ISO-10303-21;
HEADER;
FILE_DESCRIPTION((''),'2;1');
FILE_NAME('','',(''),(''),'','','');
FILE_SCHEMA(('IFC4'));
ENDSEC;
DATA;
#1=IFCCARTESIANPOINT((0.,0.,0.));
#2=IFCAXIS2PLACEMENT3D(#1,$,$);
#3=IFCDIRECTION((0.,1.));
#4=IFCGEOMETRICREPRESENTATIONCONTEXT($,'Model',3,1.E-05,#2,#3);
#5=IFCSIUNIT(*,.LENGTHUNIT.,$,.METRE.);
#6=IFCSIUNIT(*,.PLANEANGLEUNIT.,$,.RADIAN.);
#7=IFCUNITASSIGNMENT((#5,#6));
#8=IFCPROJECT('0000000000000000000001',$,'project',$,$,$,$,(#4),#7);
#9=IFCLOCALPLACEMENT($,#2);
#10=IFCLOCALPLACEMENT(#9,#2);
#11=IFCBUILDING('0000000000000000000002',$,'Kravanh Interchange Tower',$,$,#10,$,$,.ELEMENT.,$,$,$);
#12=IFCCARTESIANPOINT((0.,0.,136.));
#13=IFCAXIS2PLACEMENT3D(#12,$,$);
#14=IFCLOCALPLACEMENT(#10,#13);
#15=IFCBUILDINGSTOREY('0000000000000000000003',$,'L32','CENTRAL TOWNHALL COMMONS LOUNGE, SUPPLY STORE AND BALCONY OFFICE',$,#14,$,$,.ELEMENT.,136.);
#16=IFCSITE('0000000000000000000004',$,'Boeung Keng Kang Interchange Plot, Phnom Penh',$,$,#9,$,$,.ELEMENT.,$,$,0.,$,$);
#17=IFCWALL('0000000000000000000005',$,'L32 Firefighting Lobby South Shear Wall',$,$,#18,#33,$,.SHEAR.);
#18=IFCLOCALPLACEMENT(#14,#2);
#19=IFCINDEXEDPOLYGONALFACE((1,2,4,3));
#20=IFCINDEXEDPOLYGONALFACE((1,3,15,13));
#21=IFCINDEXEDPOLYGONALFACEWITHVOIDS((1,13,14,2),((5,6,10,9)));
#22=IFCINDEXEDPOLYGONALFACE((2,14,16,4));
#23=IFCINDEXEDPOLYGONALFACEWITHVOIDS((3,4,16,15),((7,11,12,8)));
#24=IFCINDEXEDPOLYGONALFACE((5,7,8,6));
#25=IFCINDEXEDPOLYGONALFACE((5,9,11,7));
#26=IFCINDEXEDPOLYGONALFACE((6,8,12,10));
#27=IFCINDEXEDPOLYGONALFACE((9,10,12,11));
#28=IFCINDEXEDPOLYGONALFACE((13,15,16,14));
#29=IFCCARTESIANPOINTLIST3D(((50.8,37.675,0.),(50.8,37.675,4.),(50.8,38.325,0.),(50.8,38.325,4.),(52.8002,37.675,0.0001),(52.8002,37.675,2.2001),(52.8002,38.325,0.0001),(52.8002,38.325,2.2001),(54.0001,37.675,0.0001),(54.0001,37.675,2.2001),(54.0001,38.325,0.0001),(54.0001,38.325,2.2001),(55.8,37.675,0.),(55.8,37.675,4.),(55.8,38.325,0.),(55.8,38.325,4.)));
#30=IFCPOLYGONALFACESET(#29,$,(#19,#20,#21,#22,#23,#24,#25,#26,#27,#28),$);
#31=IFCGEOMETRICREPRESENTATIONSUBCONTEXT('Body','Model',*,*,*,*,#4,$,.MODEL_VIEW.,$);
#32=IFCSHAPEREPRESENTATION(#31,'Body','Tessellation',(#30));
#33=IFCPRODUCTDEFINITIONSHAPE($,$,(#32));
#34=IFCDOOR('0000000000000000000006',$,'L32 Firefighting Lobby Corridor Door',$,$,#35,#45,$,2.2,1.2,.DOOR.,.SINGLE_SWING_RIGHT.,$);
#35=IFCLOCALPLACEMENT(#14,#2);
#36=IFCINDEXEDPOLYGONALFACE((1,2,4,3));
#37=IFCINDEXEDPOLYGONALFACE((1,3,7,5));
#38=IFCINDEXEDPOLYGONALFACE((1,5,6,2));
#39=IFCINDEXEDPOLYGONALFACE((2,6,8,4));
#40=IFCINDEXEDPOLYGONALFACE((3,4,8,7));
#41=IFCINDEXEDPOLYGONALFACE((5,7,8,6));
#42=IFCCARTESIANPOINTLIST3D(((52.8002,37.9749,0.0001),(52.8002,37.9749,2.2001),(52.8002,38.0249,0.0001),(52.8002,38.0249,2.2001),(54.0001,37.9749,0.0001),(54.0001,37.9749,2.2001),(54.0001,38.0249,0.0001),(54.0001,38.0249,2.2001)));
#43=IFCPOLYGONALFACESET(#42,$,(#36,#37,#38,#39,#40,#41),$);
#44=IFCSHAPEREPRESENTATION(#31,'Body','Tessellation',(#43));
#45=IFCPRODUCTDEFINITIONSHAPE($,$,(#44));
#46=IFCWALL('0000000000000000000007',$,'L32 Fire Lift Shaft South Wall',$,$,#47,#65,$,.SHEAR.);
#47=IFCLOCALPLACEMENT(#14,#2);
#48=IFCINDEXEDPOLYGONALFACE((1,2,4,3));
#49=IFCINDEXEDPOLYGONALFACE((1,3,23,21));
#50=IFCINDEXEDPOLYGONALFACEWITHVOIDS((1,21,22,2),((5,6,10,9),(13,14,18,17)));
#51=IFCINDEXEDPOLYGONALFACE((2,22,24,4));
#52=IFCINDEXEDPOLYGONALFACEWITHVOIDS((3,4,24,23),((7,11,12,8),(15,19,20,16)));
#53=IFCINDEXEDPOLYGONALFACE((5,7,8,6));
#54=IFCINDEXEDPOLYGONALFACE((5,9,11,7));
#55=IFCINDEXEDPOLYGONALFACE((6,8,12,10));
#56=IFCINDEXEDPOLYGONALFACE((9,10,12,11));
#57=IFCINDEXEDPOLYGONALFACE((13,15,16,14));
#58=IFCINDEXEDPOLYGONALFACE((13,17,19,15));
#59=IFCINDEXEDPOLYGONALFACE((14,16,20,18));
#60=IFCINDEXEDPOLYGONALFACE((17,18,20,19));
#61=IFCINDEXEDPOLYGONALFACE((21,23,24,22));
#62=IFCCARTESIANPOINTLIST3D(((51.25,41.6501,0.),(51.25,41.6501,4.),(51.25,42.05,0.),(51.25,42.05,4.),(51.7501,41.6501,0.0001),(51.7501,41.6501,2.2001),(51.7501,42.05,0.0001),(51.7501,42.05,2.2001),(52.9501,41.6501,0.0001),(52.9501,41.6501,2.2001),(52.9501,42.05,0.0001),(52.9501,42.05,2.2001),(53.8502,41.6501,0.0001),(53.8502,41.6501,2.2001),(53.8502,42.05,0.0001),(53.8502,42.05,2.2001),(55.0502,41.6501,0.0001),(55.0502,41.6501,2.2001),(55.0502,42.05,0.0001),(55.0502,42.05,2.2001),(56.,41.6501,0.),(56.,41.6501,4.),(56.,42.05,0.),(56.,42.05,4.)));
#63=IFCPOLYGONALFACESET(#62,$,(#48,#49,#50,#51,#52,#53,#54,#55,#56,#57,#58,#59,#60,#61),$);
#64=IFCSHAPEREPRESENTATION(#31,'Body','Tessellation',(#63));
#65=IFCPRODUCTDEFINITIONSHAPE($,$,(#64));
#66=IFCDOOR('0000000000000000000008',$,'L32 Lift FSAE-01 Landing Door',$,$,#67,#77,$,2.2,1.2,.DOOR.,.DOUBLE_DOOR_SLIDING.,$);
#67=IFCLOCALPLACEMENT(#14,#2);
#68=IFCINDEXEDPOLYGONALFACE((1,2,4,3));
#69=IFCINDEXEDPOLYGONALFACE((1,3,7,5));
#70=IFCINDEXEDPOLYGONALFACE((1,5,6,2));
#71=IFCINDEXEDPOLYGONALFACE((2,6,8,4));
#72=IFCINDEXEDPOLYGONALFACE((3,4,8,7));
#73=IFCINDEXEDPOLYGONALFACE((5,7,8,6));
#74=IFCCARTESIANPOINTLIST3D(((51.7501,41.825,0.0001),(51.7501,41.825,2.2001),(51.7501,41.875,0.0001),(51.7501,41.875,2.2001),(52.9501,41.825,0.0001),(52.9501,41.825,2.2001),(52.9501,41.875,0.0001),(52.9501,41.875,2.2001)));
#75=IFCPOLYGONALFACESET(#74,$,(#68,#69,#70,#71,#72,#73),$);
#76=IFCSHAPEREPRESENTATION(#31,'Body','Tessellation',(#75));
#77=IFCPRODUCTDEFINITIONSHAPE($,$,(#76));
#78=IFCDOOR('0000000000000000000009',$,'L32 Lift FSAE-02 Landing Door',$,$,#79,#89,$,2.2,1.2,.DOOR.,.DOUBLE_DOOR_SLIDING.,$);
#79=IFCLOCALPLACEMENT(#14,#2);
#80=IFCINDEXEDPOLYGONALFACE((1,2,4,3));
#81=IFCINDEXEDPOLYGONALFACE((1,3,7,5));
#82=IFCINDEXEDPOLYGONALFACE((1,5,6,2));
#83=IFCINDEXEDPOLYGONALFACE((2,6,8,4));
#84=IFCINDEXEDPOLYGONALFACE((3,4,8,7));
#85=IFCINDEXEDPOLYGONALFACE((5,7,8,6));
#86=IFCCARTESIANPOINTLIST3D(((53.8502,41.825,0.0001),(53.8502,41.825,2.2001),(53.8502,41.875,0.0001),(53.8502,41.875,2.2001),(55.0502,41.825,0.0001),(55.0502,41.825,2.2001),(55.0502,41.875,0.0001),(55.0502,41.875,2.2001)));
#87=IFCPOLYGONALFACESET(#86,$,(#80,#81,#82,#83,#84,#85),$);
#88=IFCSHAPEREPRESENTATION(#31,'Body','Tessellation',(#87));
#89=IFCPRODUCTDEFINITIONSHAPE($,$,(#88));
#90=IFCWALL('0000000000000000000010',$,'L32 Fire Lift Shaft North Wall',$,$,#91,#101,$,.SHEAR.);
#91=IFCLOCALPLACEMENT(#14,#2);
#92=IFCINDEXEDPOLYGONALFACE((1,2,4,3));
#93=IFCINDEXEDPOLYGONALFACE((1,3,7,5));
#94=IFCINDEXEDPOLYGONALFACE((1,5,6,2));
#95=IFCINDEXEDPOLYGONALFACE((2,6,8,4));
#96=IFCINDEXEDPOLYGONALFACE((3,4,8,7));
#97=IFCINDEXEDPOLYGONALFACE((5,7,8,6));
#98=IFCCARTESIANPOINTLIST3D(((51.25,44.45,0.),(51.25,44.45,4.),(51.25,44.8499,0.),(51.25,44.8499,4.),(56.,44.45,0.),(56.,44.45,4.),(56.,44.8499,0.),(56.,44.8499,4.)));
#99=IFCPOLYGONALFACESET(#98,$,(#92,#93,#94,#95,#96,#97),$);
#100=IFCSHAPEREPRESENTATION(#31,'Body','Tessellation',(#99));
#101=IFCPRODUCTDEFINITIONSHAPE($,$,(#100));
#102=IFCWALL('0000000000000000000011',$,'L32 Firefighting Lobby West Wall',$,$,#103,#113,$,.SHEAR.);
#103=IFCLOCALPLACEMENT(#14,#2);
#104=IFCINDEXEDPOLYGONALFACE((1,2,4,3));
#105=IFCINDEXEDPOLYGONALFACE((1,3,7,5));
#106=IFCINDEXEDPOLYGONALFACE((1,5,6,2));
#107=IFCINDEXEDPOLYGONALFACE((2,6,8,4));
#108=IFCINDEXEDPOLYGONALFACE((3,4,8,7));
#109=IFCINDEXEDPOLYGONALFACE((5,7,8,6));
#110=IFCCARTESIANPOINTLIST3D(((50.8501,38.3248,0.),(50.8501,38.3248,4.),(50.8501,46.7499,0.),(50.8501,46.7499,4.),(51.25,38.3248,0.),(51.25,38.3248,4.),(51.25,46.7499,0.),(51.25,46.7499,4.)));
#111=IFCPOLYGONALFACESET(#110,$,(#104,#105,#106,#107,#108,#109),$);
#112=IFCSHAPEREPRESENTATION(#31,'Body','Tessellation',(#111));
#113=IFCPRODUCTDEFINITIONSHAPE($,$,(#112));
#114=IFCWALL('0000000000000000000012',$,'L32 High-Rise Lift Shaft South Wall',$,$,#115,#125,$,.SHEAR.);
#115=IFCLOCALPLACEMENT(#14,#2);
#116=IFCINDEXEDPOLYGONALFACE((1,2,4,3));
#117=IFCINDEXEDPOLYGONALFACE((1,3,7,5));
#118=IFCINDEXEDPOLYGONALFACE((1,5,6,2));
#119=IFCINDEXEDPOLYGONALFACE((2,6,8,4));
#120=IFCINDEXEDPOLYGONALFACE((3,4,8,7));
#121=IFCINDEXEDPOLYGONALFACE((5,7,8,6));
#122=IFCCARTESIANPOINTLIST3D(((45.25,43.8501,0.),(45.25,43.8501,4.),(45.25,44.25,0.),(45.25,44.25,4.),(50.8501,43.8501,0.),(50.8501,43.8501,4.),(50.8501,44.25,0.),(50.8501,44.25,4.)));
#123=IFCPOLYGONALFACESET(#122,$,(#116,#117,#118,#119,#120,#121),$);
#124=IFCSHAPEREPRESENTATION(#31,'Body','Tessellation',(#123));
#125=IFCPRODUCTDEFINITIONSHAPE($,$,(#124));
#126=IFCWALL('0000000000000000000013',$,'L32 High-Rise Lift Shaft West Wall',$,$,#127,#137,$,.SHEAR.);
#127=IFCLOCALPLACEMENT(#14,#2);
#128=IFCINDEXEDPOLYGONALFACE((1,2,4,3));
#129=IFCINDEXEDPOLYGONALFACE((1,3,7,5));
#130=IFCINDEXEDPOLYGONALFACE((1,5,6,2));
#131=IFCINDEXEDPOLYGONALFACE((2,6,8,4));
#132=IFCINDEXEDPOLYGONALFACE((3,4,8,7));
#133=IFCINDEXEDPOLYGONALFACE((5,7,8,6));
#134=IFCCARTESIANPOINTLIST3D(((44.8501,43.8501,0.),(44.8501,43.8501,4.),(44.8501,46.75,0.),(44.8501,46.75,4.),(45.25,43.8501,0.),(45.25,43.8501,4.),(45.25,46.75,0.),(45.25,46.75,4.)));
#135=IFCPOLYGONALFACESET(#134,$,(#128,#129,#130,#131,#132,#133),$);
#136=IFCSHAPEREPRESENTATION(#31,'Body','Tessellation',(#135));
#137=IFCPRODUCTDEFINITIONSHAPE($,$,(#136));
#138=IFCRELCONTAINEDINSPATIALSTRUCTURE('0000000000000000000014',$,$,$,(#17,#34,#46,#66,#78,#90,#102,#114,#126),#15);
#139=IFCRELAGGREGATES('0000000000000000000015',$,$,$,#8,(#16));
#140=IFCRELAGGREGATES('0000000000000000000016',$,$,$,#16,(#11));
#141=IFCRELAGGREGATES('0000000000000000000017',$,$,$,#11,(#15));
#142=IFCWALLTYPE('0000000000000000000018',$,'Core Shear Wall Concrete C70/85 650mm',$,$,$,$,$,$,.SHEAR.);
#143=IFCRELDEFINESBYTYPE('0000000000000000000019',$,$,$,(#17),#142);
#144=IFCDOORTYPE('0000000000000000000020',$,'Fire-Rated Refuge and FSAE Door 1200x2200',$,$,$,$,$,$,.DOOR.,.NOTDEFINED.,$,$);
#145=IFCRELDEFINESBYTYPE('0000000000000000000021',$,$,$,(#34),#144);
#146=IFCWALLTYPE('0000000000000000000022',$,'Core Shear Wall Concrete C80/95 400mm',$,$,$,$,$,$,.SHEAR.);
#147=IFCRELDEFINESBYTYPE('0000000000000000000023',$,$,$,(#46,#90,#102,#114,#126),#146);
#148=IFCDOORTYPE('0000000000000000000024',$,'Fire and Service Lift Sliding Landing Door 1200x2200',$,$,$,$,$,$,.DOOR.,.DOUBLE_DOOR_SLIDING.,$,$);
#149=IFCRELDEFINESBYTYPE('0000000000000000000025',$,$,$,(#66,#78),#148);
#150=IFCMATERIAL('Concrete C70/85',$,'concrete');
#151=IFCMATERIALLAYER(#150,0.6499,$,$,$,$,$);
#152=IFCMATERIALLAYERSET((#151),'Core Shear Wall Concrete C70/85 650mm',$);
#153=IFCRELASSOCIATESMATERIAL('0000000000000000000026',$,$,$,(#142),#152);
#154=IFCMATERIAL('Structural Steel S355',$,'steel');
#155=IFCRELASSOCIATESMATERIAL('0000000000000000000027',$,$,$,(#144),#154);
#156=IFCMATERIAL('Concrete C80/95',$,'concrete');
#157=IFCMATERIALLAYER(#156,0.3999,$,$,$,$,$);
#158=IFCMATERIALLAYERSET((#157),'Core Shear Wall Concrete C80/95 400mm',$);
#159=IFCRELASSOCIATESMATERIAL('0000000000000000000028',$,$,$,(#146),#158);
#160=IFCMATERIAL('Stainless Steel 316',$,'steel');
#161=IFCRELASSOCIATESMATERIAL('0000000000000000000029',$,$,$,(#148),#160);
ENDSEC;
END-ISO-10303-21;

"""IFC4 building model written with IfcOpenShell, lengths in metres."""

from ifc_helpers import new_model, si_unit, direction, frame, frame_2d, origin, place, context, subcontext, project, spatial, rectangle, extrude, material, layer, layer_set, type_object, element, fill, save


model = new_model("IFC4")

# Units and contexts
model_context = context("Model", 3, precision=1e-05, world=origin(), true_north=direction((0.0, 1.0)))
body_context = subcontext(model_context, "Body", "Model", "MODEL_VIEW")
ifc_project = project(units=[si_unit("LENGTHUNIT", "METRE"), si_unit("PLANEANGLEUNIT", "RADIAN")], contexts=[model_context])

# Site, building, storey
site_placement = place(None, origin())
site = spatial("IfcSite", under=ifc_project, at=site_placement, Name="Boeung Keng Kang Interchange Plot, Phnom Penh", CompositionType="ELEMENT", RefElevation=0.0)
building_placement = place(site_placement, origin())
building = spatial("IfcBuilding", under=site, at=building_placement, Name="Kravanh Interchange Tower", CompositionType="ELEMENT")
storey_placement = place(building_placement, frame((0.0, 0.0, 136.0)))
storey = spatial("IfcBuildingStorey", under=building, at=storey_placement, Name="L32", Description="CENTRAL TOWNHALL COMMONS LOUNGE, SUPPLY STORE AND BALCONY OFFICE", CompositionType="ELEMENT", Elevation=136.0)

# Shared definitions
ifc_material_1 = material(Name="Concrete C70/85", Category="concrete")
ifc_layer_1 = layer(ifc_material_1, 0.6499)
ifc_layer_set_1 = layer_set([ifc_layer_1], Name="Core Shear Wall Concrete C70/85 650mm")
wall_type_1 = type_object("IfcWallType", Name="Core Shear Wall Concrete C70/85 650mm", PredefinedType="SHEAR", material=ifc_layer_set_1)

# Wall, opening, door
wall_1_placement = place(storey_placement, frame((50.8, 38.0, 0.0), z_axis=(0.0, 0.0, 1.0), x_axis=(1.0, 0.0, 0.0)))
wall_1 = element("IfcWall", 1, at=wall_1_placement, inside=storey, type_object=wall_type_1, Name="L32 Firefighting Lobby South Shear Wall", PredefinedType="SHEAR", context=body_context, shape_type="SweptSolid", body=[
    extrude(rectangle(XDim=5.0, YDim=0.6499, at=frame_2d((2.5, 0.0))), origin(), (0.0, 0.0, 1.0), 4.0),
])
opening_1_placement = place(wall_1_placement, frame((2.0, 0.0, 0.0)))
opening_1 = element("IfcOpeningElement", 2, at=opening_1_placement, cuts=wall_1, PredefinedType="OPENING", context=body_context, shape_type="SweptSolid", body=[
    extrude(rectangle(XDim=1.2, YDim=2.2, at=frame_2d((0.6001, 1.1001))), frame((0.0, 0.335, 0.0), z_axis=(0.0, -1.0, 0.0), x_axis=(1.0, 0.0, 0.0)), (0.0, 0.0, 1.0), 0.6699),
])
ifc_material_2 = material(Name="Structural Steel S355", Category="steel")
door_type_1 = type_object("IfcDoorType", Name="Fire-Rated Refuge and FSAE Door 1200x2200", OperationType="NOTDEFINED", PredefinedType="DOOR", material=ifc_material_2)
door_1_placement = place(opening_1_placement, origin())
door_1 = element("IfcDoor", 3, at=door_1_placement, inside=storey, type_object=door_type_1, Name="L32 Firefighting Lobby Corridor Door", OperationType="SINGLE_SWING_RIGHT", OverallHeight=2.2, OverallWidth=1.2, PredefinedType="DOOR", context=body_context, shape_type="SweptSolid", body=[
    extrude(rectangle(XDim=1.2, YDim=2.2, at=frame_2d((0.6001, 1.1001))), frame((0.0, 0.0249, 0.0), z_axis=(0.0, -1.0, 0.0), x_axis=(1.0, 0.0, 0.0)), (0.0, 0.0, 1.0), 0.05),
])
fill(opening_1, door_1)

# Wall, openings, doors
ifc_material_3 = material(Name="Concrete C80/95", Category="concrete")
ifc_layer_2 = layer(ifc_material_3, 0.3999)
ifc_layer_set_2 = layer_set([ifc_layer_2], Name="Core Shear Wall Concrete C80/95 400mm")
wall_type_2 = type_object("IfcWallType", Name="Core Shear Wall Concrete C80/95 400mm", PredefinedType="SHEAR", material=ifc_layer_set_2)
wall_2_placement = place(storey_placement, frame((51.25, 41.8501, 0.0), z_axis=(0.0, 0.0, 1.0), x_axis=(1.0, 0.0, 0.0)))
wall_2 = element("IfcWall", 4, at=wall_2_placement, inside=storey, type_object=wall_type_2, Name="L32 Fire Lift Shaft South Wall", PredefinedType="SHEAR", context=body_context, shape_type="SweptSolid", body=[
    extrude(rectangle(XDim=4.75, YDim=0.3999, at=frame_2d((2.375, 0.0))), origin(), (0.0, 0.0, 1.0), 4.0),
])
opening_2_placement = place(wall_2_placement, frame((0.5, 0.0, 0.0)))
opening_2 = element("IfcOpeningElement", 5, at=opening_2_placement, cuts=wall_2, PredefinedType="OPENING", context=body_context, shape_type="SweptSolid", body=[
    extrude(rectangle(XDim=1.2, YDim=2.2, at=frame_2d((0.6001, 1.1001))), frame((0.0, 0.21, 0.0), z_axis=(0.0, -1.0, 0.0), x_axis=(1.0, 0.0, 0.0)), (0.0, 0.0, 1.0), 0.4199),
])
opening_3_placement = place(wall_2_placement, frame((2.6001, 0.0, 0.0)))
opening_3 = element("IfcOpeningElement", 6, at=opening_3_placement, cuts=wall_2, PredefinedType="OPENING", context=body_context, shape_type="SweptSolid", body=[
    extrude(rectangle(XDim=1.2, YDim=2.2, at=frame_2d((0.6001, 1.1001))), frame((0.0, 0.21, 0.0), z_axis=(0.0, -1.0, 0.0), x_axis=(1.0, 0.0, 0.0)), (0.0, 0.0, 1.0), 0.4199),
])
ifc_material_4 = material(Name="Stainless Steel 316", Category="steel")
door_type_2 = type_object("IfcDoorType", Name="Fire and Service Lift Sliding Landing Door 1200x2200", OperationType="DOUBLE_DOOR_SLIDING", PredefinedType="DOOR", material=ifc_material_4)
door_2_placement = place(opening_2_placement, origin())
door_2 = element("IfcDoor", 7, at=door_2_placement, inside=storey, type_object=door_type_2, Name="L32 Lift FSAE-01 Landing Door", OperationType="DOUBLE_DOOR_SLIDING", OverallHeight=2.2, OverallWidth=1.2, PredefinedType="DOOR", context=body_context, shape_type="SweptSolid", body=[
    extrude(rectangle(XDim=1.2, YDim=2.2, at=frame_2d((0.6001, 1.1001))), frame((0.0, 0.0249, 0.0), z_axis=(0.0, -1.0, 0.0), x_axis=(1.0, 0.0, 0.0)), (0.0, 0.0, 1.0), 0.05),
])
fill(opening_2, door_2)
door_3_placement = place(opening_3_placement, origin())
door_3 = element("IfcDoor", 8, at=door_3_placement, inside=storey, type_object=door_type_2, Name="L32 Lift FSAE-02 Landing Door", OperationType="DOUBLE_DOOR_SLIDING", OverallHeight=2.2, OverallWidth=1.2, PredefinedType="DOOR", context=body_context, shape_type="SweptSolid", body=[
    extrude(rectangle(XDim=1.2, YDim=2.2, at=frame_2d((0.6001, 1.1001))), frame((0.0, 0.0249, 0.0), z_axis=(0.0, -1.0, 0.0), x_axis=(1.0, 0.0, 0.0)), (0.0, 0.0, 1.0), 0.05),
])
fill(opening_3, door_3)

# Walls
wall_3_placement = place(storey_placement, frame((51.25, 44.6499, 0.0), z_axis=(0.0, 0.0, 1.0), x_axis=(1.0, 0.0, 0.0)))
element("IfcWall", 9, at=wall_3_placement, inside=storey, type_object=wall_type_2, Name="L32 Fire Lift Shaft North Wall", PredefinedType="SHEAR", context=body_context, shape_type="SweptSolid", body=[
    extrude(rectangle(XDim=4.75, YDim=0.3999, at=frame_2d((2.375, 0.0))), origin(), (0.0, 0.0, 1.0), 4.0),
])
wall_4_placement = place(storey_placement, frame((51.05, 38.325, 0.0), z_axis=(0.0, 0.0, 1.0), x_axis=(0.0, 1.0, 0.0)))
element("IfcWall", 10, at=wall_4_placement, inside=storey, type_object=wall_type_2, Name="L32 Firefighting Lobby West Wall", PredefinedType="SHEAR", context=body_context, shape_type="SweptSolid", body=[
    extrude(rectangle(XDim=8.425, YDim=0.3999, at=frame_2d((4.2124, 0.0))), origin(), (0.0, 0.0, 1.0), 4.0),
])
wall_5_placement = place(storey_placement, frame((45.25, 44.05, 0.0), z_axis=(0.0, 0.0, 1.0), x_axis=(1.0, 0.0, 0.0)))
element("IfcWall", 11, at=wall_5_placement, inside=storey, type_object=wall_type_2, Name="L32 High-Rise Lift Shaft South Wall", PredefinedType="SHEAR", context=body_context, shape_type="SweptSolid", body=[
    extrude(rectangle(XDim=5.6001, YDim=0.3999, at=frame_2d((2.8, 0.0))), origin(), (0.0, 0.0, 1.0), 4.0),
])
wall_6_placement = place(storey_placement, frame((45.05, 43.8501, 0.0), z_axis=(0.0, 0.0, 1.0), x_axis=(0.0, 1.0, 0.0)))
element("IfcWall", 12, at=wall_6_placement, inside=storey, type_object=wall_type_2, Name="L32 High-Rise Lift Shaft West Wall", PredefinedType="SHEAR", context=body_context, shape_type="SweptSolid", body=[
    extrude(rectangle(XDim=2.8999, YDim=0.3999, at=frame_2d((1.45, 0.0))), origin(), (0.0, 0.0, 1.0), 4.0),
])

save(model, "model.ifc")
